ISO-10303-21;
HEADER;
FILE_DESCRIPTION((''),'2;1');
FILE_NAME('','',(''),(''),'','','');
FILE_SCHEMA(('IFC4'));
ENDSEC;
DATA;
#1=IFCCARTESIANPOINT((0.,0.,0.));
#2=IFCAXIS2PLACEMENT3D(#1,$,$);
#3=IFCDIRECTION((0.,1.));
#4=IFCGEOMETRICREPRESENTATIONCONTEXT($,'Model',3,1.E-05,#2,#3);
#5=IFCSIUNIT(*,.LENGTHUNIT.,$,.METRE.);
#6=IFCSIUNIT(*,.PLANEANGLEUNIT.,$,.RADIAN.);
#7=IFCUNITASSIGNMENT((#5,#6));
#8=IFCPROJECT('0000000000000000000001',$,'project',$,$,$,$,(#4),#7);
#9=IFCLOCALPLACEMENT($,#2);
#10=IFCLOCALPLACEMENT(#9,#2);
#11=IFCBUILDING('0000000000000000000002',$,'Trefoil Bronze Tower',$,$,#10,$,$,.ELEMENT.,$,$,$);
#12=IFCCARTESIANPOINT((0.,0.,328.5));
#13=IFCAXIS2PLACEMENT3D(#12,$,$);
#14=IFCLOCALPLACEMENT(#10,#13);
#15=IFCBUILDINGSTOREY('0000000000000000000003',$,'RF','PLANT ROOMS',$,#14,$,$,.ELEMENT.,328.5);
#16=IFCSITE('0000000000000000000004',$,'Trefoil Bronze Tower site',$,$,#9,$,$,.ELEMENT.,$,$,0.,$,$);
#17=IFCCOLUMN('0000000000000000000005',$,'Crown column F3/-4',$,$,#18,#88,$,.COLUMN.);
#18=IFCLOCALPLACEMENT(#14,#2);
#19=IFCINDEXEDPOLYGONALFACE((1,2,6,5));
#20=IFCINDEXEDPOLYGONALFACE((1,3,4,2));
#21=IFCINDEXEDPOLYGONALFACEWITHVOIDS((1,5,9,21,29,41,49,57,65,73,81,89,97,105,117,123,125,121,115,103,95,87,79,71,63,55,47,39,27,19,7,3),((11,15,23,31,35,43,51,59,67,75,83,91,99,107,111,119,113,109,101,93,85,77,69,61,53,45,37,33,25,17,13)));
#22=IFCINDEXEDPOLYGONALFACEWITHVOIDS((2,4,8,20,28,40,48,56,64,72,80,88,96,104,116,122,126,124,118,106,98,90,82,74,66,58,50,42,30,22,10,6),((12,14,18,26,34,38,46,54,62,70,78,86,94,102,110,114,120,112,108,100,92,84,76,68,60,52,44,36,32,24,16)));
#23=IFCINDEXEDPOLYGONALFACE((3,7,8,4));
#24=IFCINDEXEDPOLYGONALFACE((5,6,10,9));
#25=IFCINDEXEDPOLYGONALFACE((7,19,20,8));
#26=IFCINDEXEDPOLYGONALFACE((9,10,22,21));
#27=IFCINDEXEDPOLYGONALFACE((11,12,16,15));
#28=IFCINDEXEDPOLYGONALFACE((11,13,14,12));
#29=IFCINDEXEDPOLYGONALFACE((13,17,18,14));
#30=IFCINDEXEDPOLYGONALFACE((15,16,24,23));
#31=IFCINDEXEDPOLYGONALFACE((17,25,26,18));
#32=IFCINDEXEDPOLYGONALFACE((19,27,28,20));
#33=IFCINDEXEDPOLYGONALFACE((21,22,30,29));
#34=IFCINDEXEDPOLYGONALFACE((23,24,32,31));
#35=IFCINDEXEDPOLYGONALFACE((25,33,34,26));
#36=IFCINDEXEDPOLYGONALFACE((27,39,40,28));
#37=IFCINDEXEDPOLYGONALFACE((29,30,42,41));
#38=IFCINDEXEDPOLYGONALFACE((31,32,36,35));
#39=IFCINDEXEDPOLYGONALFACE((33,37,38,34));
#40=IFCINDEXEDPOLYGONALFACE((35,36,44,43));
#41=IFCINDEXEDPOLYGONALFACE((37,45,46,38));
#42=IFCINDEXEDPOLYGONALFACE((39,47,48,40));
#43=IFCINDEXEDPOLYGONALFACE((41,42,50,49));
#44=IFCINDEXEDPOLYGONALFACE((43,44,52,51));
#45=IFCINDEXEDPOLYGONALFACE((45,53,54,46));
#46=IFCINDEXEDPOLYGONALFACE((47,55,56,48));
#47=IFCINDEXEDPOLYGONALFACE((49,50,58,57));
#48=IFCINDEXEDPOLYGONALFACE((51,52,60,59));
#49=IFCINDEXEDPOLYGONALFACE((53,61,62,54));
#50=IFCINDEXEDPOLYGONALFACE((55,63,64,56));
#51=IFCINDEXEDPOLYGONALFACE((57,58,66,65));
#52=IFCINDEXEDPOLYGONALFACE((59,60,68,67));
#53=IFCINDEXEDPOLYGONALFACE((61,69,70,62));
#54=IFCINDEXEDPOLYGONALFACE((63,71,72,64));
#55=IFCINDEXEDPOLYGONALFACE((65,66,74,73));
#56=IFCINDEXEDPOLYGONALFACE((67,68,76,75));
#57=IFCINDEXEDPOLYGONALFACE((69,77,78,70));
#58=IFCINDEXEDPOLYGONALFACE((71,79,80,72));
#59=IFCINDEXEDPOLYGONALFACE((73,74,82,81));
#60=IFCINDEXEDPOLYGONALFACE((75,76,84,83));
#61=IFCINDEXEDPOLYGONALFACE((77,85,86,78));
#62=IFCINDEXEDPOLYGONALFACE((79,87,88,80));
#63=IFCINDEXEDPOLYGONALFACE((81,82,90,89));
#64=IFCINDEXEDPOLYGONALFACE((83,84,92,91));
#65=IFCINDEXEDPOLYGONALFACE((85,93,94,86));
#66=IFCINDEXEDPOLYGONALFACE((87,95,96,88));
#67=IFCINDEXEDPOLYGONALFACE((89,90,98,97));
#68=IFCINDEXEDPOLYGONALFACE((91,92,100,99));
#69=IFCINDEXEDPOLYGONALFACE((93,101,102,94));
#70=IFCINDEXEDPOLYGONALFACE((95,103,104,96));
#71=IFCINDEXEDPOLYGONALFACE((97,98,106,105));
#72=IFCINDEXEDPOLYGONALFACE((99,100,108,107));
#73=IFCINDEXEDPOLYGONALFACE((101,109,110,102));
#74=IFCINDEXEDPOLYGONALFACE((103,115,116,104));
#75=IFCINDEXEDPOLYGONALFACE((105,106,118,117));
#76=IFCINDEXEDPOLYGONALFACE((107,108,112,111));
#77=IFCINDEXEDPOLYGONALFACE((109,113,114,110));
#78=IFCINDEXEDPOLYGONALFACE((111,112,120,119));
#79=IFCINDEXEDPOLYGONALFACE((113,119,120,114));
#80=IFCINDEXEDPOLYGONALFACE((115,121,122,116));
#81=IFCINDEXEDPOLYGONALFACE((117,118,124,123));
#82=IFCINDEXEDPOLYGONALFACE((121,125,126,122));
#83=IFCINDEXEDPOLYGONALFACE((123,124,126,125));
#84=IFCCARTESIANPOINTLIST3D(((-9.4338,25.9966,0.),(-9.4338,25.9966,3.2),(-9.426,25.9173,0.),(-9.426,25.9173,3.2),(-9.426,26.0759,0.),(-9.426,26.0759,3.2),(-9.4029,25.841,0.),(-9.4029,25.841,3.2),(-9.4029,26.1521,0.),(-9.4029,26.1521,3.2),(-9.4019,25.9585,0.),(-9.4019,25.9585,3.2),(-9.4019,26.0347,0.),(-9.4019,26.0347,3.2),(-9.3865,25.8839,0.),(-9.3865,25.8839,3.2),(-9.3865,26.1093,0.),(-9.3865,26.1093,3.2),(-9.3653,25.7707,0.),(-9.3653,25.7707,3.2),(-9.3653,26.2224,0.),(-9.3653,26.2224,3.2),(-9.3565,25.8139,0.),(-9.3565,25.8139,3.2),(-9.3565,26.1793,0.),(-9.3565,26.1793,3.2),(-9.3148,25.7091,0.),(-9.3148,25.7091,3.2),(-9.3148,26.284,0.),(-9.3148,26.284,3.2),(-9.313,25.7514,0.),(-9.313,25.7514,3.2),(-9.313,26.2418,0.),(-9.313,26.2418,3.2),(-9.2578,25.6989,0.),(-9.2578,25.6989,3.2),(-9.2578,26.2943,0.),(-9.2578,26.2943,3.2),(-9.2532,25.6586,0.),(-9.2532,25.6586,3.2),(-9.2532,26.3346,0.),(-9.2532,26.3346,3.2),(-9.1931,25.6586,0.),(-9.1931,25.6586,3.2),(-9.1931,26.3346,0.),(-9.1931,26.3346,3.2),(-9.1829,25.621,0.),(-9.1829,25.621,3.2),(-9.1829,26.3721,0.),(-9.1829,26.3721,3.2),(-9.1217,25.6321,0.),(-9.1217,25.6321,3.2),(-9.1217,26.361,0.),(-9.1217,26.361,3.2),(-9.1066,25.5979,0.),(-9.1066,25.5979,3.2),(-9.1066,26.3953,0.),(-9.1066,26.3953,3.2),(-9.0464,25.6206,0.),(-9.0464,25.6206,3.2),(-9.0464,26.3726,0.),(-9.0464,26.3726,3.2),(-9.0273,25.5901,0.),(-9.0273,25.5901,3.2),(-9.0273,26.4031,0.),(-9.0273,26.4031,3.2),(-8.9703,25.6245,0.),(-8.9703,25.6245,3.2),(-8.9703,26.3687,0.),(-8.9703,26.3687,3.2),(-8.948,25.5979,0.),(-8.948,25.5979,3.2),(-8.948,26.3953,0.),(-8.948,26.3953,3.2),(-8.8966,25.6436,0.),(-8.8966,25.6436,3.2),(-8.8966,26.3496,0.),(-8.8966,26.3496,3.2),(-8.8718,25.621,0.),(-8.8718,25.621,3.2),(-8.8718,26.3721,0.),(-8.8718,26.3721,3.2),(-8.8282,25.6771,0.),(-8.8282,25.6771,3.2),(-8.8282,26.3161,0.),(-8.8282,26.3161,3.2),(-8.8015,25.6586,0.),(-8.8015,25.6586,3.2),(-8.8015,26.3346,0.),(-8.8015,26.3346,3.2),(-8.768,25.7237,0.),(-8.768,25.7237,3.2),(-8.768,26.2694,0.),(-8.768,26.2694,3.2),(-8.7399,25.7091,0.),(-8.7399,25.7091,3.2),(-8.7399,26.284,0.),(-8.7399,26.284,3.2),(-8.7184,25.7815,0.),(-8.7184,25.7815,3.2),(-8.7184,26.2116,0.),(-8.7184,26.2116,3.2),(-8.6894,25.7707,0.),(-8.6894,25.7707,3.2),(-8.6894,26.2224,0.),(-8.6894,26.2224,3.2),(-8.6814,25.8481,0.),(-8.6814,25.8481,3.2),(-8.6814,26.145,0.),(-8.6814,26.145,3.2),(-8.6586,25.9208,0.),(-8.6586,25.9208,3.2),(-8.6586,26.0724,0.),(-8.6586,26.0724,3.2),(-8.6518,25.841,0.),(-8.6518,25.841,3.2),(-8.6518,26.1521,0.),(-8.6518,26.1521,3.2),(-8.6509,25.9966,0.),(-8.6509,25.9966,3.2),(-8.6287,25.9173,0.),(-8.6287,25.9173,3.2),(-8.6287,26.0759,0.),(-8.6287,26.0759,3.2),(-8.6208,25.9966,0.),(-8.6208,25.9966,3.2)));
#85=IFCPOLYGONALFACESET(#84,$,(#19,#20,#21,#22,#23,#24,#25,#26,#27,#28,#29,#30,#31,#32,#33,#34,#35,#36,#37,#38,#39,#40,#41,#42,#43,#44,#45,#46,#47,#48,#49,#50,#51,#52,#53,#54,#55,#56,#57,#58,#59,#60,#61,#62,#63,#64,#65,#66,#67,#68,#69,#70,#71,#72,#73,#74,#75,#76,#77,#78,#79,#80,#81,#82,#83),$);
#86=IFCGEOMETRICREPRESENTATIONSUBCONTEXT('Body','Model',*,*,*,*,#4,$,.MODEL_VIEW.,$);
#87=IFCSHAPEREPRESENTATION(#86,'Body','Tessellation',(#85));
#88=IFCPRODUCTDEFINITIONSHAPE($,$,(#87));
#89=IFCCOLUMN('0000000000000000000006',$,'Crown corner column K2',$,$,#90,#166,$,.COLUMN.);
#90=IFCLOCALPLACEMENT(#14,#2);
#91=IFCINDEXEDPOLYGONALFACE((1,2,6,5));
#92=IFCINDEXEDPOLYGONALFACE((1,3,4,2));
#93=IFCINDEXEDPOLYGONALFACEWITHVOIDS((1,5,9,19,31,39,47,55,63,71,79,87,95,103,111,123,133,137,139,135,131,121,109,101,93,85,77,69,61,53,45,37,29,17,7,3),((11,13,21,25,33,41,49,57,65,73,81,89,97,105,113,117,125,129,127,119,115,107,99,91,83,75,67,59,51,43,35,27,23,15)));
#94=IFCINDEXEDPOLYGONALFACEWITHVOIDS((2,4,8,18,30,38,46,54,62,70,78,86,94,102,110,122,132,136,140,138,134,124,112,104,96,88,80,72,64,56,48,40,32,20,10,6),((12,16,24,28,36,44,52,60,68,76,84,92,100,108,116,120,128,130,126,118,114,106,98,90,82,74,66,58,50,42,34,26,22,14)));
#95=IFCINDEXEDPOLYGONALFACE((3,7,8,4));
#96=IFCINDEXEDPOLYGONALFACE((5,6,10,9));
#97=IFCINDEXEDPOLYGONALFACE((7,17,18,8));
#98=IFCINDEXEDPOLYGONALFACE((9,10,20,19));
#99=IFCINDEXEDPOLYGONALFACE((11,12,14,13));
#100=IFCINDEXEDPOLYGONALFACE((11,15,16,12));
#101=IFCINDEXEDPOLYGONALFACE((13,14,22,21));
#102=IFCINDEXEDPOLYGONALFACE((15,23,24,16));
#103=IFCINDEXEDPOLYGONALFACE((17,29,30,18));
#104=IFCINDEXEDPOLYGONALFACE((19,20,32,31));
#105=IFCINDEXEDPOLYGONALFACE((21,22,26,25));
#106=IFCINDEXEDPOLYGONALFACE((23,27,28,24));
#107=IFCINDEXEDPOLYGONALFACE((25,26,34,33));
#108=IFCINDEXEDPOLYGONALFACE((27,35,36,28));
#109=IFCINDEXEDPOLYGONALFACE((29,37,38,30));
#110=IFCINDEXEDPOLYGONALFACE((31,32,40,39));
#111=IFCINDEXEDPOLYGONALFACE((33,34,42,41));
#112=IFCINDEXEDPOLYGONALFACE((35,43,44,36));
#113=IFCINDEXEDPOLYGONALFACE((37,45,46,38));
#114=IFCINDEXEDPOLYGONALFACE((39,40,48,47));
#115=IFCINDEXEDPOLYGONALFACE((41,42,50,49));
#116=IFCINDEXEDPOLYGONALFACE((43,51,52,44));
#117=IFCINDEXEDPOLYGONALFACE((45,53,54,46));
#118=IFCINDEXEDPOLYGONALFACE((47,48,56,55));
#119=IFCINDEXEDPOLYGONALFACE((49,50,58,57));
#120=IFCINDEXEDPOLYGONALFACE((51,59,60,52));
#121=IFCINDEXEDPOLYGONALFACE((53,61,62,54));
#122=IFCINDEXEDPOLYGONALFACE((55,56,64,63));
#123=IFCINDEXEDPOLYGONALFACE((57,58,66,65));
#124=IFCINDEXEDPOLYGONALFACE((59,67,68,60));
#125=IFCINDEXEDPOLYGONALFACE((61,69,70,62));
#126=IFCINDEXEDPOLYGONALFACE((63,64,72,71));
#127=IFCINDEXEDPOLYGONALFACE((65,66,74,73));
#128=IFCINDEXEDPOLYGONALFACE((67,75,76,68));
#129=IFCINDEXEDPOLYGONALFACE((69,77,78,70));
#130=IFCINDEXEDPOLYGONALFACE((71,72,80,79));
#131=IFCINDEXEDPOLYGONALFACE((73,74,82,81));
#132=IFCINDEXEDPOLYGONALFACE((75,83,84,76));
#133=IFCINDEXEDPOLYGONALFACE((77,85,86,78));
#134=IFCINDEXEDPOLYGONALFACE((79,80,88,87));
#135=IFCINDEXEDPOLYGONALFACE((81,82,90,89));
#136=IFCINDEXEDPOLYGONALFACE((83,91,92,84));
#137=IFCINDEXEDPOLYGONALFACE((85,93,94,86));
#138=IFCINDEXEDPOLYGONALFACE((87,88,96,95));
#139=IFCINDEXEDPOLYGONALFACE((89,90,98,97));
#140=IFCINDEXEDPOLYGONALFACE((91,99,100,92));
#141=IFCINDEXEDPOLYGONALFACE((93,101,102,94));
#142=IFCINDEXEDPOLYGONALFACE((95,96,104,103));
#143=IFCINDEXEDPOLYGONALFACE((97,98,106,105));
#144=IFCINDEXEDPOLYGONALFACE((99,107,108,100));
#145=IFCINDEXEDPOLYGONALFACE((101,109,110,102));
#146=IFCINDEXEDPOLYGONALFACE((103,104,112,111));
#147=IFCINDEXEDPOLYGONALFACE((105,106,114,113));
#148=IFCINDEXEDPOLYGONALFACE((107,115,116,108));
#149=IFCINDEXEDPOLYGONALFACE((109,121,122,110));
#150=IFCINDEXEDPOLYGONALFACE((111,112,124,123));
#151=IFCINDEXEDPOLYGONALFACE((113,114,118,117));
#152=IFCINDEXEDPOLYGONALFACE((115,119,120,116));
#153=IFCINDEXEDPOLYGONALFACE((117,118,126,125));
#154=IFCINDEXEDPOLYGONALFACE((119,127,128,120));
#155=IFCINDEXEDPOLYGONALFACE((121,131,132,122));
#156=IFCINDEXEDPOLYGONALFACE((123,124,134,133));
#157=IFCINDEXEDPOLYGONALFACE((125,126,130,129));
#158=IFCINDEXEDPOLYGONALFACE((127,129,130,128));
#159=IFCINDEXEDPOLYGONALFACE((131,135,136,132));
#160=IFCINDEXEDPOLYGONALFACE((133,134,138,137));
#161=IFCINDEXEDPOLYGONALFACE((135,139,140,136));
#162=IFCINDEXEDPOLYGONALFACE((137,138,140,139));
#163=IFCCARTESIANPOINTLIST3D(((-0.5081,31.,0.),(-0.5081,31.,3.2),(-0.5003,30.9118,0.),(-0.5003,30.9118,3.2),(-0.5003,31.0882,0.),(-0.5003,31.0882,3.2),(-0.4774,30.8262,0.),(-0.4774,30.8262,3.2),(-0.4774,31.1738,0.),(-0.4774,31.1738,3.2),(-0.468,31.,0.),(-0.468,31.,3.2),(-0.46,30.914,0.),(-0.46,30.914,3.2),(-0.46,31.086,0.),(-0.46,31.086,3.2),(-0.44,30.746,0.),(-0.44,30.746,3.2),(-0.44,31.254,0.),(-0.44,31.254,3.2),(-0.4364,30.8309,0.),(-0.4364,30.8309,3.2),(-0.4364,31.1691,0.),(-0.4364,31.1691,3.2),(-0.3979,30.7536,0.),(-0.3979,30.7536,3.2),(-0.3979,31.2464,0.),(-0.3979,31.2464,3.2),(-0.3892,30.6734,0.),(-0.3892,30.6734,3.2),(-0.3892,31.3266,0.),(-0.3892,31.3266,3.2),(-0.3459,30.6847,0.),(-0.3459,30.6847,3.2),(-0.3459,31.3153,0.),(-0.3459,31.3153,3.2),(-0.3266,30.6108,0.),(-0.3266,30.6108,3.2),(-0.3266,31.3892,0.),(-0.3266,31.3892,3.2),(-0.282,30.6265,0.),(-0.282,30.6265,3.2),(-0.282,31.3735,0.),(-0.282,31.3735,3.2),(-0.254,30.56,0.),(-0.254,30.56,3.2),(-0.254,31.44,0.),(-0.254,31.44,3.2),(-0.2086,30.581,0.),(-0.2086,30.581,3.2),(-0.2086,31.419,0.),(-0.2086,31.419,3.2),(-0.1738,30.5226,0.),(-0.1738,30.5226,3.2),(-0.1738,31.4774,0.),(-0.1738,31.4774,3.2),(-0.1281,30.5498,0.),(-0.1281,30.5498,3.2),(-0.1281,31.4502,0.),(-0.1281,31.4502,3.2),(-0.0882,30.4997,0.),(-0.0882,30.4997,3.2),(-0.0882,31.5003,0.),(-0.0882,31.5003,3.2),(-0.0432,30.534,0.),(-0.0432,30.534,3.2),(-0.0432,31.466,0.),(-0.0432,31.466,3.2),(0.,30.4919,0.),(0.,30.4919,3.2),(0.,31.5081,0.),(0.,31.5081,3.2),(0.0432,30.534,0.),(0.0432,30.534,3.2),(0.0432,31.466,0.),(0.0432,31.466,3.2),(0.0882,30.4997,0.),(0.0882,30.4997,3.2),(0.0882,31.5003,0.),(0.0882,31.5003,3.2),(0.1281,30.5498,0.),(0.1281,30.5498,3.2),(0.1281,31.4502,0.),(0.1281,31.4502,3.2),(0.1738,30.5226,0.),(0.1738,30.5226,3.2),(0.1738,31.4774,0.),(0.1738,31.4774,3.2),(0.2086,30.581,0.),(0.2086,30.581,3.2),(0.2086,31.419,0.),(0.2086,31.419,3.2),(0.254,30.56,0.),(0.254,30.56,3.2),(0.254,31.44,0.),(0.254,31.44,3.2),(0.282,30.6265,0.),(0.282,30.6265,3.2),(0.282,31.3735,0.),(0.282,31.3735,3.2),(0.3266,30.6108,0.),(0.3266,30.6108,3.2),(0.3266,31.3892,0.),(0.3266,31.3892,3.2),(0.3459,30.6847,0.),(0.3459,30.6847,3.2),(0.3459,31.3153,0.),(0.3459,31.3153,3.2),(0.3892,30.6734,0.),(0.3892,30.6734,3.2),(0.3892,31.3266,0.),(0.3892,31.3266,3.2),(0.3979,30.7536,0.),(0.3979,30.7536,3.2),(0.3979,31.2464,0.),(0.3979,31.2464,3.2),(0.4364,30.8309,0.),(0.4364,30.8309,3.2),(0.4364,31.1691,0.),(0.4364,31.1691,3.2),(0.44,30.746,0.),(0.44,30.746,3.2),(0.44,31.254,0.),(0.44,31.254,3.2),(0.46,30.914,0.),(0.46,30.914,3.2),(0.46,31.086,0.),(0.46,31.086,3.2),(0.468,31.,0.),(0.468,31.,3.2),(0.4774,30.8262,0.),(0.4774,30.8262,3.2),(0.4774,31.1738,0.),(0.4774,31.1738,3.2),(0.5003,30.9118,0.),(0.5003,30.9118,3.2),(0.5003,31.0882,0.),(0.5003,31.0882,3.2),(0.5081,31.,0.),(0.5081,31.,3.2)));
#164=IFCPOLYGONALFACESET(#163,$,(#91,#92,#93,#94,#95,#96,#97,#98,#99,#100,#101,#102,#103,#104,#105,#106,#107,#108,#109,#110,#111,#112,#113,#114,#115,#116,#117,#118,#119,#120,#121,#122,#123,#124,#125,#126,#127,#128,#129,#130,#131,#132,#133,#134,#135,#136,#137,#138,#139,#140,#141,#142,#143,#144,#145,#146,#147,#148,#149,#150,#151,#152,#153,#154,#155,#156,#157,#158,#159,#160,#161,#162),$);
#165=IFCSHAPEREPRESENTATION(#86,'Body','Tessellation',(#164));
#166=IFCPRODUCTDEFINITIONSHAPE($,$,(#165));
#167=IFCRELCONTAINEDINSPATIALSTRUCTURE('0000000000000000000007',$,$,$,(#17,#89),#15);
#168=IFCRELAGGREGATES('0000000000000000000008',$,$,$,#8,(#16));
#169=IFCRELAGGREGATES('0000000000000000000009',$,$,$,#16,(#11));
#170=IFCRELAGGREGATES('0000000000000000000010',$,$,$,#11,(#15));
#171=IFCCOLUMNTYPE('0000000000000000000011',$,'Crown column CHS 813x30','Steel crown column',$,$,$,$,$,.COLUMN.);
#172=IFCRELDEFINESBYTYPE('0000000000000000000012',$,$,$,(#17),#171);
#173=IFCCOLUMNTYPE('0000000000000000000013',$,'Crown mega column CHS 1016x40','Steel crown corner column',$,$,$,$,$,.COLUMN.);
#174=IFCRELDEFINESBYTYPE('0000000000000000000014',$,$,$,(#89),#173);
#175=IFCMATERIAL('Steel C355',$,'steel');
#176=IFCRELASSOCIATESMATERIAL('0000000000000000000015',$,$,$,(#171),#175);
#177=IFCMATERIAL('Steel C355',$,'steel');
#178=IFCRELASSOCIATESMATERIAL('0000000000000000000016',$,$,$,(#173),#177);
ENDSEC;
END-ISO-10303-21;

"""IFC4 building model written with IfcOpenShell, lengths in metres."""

from ifc_helpers import new_model, si_unit, direction, frame, origin, origin_2d, place, context, subcontext, project, spatial, hollow_circle, extrude, material, material_profile, profile_set, type_object, element, save


model = new_model("IFC4")

# Units and contexts
model_context = context("Model", 3, precision=1e-05, world=origin(), true_north=direction((0.0, 1.0)))
body_context = subcontext(model_context, "Body", "Model", "MODEL_VIEW")
ifc_project = project(units=[si_unit("LENGTHUNIT", "METRE"), si_unit("PLANEANGLEUNIT", "RADIAN")], contexts=[model_context])

# Site, building, storey
site_placement = place(None, origin())
site = spatial("IfcSite", under=ifc_project, at=site_placement, Name="Trefoil Bronze Tower site", CompositionType="ELEMENT", RefElevation=0.0)
building_placement = place(site_placement, origin())
building = spatial("IfcBuilding", under=site, at=building_placement, Name="Trefoil Bronze Tower", CompositionType="ELEMENT")
storey_placement = place(building_placement, frame((0.0, 0.0, 328.5)))
storey = spatial("IfcBuildingStorey", under=building, at=storey_placement, Name="RF", Description="PLANT ROOMS", CompositionType="ELEMENT", Elevation=328.5)

# Columns
ifc_material_1 = material(Name="Steel C355", Category="steel")
ifc_material_profile_1 = material_profile(ifc_material_1, hollow_circle(Radius=0.4065, WallThickness=0.03, at=origin_2d()), Name="CHS 813x30")
ifc_profile_set_1 = profile_set([ifc_material_profile_1], Name="Steel C355")
column_type_1 = type_object("IfcColumnType", Name="Crown column CHS 813x30", Description="Steel crown column", PredefinedType="COLUMN", material=ifc_profile_set_1)
column_1_placement = place(storey_placement, frame((-9.0273, 25.9966, 0.0), z_axis=(0.0, 0.0, 1.0), x_axis=(1.0, 0.0, 0.0)))
element("IfcColumn", 1, at=column_1_placement, inside=storey, type_object=column_type_1, Name="Crown column F3/-4", PredefinedType="COLUMN", context=body_context, shape_type="SweptSolid", body=[
    extrude(hollow_circle(Radius=0.4065, WallThickness=0.03, at=origin_2d()), origin(), (0.0, 0.0, 1.0), 3.2),
])
ifc_material_2 = material(Name="Steel C355", Category="steel")
ifc_material_profile_2 = material_profile(ifc_material_2, hollow_circle(Radius=0.5081, WallThickness=0.04, at=origin_2d()), Name="CHS 1016x40")
ifc_profile_set_2 = profile_set([ifc_material_profile_2], Name="Steel C355")
column_type_2 = type_object("IfcColumnType", Name="Crown mega column CHS 1016x40", Description="Steel crown corner column", PredefinedType="COLUMN", material=ifc_profile_set_2)
column_2_placement = place(storey_placement, frame((0.0, 31.0, 0.0), z_axis=(0.0, 0.0, 1.0), x_axis=(1.0, 0.0, 0.0)))
element("IfcColumn", 2, at=column_2_placement, inside=storey, type_object=column_type_2, Name="Crown corner column K2", PredefinedType="COLUMN", context=body_context, shape_type="SweptSolid", body=[
    extrude(hollow_circle(Radius=0.5081, WallThickness=0.04, at=origin_2d()), origin(), (0.0, 0.0, 1.0), 3.2),
])

save(model, "model.ifc")
